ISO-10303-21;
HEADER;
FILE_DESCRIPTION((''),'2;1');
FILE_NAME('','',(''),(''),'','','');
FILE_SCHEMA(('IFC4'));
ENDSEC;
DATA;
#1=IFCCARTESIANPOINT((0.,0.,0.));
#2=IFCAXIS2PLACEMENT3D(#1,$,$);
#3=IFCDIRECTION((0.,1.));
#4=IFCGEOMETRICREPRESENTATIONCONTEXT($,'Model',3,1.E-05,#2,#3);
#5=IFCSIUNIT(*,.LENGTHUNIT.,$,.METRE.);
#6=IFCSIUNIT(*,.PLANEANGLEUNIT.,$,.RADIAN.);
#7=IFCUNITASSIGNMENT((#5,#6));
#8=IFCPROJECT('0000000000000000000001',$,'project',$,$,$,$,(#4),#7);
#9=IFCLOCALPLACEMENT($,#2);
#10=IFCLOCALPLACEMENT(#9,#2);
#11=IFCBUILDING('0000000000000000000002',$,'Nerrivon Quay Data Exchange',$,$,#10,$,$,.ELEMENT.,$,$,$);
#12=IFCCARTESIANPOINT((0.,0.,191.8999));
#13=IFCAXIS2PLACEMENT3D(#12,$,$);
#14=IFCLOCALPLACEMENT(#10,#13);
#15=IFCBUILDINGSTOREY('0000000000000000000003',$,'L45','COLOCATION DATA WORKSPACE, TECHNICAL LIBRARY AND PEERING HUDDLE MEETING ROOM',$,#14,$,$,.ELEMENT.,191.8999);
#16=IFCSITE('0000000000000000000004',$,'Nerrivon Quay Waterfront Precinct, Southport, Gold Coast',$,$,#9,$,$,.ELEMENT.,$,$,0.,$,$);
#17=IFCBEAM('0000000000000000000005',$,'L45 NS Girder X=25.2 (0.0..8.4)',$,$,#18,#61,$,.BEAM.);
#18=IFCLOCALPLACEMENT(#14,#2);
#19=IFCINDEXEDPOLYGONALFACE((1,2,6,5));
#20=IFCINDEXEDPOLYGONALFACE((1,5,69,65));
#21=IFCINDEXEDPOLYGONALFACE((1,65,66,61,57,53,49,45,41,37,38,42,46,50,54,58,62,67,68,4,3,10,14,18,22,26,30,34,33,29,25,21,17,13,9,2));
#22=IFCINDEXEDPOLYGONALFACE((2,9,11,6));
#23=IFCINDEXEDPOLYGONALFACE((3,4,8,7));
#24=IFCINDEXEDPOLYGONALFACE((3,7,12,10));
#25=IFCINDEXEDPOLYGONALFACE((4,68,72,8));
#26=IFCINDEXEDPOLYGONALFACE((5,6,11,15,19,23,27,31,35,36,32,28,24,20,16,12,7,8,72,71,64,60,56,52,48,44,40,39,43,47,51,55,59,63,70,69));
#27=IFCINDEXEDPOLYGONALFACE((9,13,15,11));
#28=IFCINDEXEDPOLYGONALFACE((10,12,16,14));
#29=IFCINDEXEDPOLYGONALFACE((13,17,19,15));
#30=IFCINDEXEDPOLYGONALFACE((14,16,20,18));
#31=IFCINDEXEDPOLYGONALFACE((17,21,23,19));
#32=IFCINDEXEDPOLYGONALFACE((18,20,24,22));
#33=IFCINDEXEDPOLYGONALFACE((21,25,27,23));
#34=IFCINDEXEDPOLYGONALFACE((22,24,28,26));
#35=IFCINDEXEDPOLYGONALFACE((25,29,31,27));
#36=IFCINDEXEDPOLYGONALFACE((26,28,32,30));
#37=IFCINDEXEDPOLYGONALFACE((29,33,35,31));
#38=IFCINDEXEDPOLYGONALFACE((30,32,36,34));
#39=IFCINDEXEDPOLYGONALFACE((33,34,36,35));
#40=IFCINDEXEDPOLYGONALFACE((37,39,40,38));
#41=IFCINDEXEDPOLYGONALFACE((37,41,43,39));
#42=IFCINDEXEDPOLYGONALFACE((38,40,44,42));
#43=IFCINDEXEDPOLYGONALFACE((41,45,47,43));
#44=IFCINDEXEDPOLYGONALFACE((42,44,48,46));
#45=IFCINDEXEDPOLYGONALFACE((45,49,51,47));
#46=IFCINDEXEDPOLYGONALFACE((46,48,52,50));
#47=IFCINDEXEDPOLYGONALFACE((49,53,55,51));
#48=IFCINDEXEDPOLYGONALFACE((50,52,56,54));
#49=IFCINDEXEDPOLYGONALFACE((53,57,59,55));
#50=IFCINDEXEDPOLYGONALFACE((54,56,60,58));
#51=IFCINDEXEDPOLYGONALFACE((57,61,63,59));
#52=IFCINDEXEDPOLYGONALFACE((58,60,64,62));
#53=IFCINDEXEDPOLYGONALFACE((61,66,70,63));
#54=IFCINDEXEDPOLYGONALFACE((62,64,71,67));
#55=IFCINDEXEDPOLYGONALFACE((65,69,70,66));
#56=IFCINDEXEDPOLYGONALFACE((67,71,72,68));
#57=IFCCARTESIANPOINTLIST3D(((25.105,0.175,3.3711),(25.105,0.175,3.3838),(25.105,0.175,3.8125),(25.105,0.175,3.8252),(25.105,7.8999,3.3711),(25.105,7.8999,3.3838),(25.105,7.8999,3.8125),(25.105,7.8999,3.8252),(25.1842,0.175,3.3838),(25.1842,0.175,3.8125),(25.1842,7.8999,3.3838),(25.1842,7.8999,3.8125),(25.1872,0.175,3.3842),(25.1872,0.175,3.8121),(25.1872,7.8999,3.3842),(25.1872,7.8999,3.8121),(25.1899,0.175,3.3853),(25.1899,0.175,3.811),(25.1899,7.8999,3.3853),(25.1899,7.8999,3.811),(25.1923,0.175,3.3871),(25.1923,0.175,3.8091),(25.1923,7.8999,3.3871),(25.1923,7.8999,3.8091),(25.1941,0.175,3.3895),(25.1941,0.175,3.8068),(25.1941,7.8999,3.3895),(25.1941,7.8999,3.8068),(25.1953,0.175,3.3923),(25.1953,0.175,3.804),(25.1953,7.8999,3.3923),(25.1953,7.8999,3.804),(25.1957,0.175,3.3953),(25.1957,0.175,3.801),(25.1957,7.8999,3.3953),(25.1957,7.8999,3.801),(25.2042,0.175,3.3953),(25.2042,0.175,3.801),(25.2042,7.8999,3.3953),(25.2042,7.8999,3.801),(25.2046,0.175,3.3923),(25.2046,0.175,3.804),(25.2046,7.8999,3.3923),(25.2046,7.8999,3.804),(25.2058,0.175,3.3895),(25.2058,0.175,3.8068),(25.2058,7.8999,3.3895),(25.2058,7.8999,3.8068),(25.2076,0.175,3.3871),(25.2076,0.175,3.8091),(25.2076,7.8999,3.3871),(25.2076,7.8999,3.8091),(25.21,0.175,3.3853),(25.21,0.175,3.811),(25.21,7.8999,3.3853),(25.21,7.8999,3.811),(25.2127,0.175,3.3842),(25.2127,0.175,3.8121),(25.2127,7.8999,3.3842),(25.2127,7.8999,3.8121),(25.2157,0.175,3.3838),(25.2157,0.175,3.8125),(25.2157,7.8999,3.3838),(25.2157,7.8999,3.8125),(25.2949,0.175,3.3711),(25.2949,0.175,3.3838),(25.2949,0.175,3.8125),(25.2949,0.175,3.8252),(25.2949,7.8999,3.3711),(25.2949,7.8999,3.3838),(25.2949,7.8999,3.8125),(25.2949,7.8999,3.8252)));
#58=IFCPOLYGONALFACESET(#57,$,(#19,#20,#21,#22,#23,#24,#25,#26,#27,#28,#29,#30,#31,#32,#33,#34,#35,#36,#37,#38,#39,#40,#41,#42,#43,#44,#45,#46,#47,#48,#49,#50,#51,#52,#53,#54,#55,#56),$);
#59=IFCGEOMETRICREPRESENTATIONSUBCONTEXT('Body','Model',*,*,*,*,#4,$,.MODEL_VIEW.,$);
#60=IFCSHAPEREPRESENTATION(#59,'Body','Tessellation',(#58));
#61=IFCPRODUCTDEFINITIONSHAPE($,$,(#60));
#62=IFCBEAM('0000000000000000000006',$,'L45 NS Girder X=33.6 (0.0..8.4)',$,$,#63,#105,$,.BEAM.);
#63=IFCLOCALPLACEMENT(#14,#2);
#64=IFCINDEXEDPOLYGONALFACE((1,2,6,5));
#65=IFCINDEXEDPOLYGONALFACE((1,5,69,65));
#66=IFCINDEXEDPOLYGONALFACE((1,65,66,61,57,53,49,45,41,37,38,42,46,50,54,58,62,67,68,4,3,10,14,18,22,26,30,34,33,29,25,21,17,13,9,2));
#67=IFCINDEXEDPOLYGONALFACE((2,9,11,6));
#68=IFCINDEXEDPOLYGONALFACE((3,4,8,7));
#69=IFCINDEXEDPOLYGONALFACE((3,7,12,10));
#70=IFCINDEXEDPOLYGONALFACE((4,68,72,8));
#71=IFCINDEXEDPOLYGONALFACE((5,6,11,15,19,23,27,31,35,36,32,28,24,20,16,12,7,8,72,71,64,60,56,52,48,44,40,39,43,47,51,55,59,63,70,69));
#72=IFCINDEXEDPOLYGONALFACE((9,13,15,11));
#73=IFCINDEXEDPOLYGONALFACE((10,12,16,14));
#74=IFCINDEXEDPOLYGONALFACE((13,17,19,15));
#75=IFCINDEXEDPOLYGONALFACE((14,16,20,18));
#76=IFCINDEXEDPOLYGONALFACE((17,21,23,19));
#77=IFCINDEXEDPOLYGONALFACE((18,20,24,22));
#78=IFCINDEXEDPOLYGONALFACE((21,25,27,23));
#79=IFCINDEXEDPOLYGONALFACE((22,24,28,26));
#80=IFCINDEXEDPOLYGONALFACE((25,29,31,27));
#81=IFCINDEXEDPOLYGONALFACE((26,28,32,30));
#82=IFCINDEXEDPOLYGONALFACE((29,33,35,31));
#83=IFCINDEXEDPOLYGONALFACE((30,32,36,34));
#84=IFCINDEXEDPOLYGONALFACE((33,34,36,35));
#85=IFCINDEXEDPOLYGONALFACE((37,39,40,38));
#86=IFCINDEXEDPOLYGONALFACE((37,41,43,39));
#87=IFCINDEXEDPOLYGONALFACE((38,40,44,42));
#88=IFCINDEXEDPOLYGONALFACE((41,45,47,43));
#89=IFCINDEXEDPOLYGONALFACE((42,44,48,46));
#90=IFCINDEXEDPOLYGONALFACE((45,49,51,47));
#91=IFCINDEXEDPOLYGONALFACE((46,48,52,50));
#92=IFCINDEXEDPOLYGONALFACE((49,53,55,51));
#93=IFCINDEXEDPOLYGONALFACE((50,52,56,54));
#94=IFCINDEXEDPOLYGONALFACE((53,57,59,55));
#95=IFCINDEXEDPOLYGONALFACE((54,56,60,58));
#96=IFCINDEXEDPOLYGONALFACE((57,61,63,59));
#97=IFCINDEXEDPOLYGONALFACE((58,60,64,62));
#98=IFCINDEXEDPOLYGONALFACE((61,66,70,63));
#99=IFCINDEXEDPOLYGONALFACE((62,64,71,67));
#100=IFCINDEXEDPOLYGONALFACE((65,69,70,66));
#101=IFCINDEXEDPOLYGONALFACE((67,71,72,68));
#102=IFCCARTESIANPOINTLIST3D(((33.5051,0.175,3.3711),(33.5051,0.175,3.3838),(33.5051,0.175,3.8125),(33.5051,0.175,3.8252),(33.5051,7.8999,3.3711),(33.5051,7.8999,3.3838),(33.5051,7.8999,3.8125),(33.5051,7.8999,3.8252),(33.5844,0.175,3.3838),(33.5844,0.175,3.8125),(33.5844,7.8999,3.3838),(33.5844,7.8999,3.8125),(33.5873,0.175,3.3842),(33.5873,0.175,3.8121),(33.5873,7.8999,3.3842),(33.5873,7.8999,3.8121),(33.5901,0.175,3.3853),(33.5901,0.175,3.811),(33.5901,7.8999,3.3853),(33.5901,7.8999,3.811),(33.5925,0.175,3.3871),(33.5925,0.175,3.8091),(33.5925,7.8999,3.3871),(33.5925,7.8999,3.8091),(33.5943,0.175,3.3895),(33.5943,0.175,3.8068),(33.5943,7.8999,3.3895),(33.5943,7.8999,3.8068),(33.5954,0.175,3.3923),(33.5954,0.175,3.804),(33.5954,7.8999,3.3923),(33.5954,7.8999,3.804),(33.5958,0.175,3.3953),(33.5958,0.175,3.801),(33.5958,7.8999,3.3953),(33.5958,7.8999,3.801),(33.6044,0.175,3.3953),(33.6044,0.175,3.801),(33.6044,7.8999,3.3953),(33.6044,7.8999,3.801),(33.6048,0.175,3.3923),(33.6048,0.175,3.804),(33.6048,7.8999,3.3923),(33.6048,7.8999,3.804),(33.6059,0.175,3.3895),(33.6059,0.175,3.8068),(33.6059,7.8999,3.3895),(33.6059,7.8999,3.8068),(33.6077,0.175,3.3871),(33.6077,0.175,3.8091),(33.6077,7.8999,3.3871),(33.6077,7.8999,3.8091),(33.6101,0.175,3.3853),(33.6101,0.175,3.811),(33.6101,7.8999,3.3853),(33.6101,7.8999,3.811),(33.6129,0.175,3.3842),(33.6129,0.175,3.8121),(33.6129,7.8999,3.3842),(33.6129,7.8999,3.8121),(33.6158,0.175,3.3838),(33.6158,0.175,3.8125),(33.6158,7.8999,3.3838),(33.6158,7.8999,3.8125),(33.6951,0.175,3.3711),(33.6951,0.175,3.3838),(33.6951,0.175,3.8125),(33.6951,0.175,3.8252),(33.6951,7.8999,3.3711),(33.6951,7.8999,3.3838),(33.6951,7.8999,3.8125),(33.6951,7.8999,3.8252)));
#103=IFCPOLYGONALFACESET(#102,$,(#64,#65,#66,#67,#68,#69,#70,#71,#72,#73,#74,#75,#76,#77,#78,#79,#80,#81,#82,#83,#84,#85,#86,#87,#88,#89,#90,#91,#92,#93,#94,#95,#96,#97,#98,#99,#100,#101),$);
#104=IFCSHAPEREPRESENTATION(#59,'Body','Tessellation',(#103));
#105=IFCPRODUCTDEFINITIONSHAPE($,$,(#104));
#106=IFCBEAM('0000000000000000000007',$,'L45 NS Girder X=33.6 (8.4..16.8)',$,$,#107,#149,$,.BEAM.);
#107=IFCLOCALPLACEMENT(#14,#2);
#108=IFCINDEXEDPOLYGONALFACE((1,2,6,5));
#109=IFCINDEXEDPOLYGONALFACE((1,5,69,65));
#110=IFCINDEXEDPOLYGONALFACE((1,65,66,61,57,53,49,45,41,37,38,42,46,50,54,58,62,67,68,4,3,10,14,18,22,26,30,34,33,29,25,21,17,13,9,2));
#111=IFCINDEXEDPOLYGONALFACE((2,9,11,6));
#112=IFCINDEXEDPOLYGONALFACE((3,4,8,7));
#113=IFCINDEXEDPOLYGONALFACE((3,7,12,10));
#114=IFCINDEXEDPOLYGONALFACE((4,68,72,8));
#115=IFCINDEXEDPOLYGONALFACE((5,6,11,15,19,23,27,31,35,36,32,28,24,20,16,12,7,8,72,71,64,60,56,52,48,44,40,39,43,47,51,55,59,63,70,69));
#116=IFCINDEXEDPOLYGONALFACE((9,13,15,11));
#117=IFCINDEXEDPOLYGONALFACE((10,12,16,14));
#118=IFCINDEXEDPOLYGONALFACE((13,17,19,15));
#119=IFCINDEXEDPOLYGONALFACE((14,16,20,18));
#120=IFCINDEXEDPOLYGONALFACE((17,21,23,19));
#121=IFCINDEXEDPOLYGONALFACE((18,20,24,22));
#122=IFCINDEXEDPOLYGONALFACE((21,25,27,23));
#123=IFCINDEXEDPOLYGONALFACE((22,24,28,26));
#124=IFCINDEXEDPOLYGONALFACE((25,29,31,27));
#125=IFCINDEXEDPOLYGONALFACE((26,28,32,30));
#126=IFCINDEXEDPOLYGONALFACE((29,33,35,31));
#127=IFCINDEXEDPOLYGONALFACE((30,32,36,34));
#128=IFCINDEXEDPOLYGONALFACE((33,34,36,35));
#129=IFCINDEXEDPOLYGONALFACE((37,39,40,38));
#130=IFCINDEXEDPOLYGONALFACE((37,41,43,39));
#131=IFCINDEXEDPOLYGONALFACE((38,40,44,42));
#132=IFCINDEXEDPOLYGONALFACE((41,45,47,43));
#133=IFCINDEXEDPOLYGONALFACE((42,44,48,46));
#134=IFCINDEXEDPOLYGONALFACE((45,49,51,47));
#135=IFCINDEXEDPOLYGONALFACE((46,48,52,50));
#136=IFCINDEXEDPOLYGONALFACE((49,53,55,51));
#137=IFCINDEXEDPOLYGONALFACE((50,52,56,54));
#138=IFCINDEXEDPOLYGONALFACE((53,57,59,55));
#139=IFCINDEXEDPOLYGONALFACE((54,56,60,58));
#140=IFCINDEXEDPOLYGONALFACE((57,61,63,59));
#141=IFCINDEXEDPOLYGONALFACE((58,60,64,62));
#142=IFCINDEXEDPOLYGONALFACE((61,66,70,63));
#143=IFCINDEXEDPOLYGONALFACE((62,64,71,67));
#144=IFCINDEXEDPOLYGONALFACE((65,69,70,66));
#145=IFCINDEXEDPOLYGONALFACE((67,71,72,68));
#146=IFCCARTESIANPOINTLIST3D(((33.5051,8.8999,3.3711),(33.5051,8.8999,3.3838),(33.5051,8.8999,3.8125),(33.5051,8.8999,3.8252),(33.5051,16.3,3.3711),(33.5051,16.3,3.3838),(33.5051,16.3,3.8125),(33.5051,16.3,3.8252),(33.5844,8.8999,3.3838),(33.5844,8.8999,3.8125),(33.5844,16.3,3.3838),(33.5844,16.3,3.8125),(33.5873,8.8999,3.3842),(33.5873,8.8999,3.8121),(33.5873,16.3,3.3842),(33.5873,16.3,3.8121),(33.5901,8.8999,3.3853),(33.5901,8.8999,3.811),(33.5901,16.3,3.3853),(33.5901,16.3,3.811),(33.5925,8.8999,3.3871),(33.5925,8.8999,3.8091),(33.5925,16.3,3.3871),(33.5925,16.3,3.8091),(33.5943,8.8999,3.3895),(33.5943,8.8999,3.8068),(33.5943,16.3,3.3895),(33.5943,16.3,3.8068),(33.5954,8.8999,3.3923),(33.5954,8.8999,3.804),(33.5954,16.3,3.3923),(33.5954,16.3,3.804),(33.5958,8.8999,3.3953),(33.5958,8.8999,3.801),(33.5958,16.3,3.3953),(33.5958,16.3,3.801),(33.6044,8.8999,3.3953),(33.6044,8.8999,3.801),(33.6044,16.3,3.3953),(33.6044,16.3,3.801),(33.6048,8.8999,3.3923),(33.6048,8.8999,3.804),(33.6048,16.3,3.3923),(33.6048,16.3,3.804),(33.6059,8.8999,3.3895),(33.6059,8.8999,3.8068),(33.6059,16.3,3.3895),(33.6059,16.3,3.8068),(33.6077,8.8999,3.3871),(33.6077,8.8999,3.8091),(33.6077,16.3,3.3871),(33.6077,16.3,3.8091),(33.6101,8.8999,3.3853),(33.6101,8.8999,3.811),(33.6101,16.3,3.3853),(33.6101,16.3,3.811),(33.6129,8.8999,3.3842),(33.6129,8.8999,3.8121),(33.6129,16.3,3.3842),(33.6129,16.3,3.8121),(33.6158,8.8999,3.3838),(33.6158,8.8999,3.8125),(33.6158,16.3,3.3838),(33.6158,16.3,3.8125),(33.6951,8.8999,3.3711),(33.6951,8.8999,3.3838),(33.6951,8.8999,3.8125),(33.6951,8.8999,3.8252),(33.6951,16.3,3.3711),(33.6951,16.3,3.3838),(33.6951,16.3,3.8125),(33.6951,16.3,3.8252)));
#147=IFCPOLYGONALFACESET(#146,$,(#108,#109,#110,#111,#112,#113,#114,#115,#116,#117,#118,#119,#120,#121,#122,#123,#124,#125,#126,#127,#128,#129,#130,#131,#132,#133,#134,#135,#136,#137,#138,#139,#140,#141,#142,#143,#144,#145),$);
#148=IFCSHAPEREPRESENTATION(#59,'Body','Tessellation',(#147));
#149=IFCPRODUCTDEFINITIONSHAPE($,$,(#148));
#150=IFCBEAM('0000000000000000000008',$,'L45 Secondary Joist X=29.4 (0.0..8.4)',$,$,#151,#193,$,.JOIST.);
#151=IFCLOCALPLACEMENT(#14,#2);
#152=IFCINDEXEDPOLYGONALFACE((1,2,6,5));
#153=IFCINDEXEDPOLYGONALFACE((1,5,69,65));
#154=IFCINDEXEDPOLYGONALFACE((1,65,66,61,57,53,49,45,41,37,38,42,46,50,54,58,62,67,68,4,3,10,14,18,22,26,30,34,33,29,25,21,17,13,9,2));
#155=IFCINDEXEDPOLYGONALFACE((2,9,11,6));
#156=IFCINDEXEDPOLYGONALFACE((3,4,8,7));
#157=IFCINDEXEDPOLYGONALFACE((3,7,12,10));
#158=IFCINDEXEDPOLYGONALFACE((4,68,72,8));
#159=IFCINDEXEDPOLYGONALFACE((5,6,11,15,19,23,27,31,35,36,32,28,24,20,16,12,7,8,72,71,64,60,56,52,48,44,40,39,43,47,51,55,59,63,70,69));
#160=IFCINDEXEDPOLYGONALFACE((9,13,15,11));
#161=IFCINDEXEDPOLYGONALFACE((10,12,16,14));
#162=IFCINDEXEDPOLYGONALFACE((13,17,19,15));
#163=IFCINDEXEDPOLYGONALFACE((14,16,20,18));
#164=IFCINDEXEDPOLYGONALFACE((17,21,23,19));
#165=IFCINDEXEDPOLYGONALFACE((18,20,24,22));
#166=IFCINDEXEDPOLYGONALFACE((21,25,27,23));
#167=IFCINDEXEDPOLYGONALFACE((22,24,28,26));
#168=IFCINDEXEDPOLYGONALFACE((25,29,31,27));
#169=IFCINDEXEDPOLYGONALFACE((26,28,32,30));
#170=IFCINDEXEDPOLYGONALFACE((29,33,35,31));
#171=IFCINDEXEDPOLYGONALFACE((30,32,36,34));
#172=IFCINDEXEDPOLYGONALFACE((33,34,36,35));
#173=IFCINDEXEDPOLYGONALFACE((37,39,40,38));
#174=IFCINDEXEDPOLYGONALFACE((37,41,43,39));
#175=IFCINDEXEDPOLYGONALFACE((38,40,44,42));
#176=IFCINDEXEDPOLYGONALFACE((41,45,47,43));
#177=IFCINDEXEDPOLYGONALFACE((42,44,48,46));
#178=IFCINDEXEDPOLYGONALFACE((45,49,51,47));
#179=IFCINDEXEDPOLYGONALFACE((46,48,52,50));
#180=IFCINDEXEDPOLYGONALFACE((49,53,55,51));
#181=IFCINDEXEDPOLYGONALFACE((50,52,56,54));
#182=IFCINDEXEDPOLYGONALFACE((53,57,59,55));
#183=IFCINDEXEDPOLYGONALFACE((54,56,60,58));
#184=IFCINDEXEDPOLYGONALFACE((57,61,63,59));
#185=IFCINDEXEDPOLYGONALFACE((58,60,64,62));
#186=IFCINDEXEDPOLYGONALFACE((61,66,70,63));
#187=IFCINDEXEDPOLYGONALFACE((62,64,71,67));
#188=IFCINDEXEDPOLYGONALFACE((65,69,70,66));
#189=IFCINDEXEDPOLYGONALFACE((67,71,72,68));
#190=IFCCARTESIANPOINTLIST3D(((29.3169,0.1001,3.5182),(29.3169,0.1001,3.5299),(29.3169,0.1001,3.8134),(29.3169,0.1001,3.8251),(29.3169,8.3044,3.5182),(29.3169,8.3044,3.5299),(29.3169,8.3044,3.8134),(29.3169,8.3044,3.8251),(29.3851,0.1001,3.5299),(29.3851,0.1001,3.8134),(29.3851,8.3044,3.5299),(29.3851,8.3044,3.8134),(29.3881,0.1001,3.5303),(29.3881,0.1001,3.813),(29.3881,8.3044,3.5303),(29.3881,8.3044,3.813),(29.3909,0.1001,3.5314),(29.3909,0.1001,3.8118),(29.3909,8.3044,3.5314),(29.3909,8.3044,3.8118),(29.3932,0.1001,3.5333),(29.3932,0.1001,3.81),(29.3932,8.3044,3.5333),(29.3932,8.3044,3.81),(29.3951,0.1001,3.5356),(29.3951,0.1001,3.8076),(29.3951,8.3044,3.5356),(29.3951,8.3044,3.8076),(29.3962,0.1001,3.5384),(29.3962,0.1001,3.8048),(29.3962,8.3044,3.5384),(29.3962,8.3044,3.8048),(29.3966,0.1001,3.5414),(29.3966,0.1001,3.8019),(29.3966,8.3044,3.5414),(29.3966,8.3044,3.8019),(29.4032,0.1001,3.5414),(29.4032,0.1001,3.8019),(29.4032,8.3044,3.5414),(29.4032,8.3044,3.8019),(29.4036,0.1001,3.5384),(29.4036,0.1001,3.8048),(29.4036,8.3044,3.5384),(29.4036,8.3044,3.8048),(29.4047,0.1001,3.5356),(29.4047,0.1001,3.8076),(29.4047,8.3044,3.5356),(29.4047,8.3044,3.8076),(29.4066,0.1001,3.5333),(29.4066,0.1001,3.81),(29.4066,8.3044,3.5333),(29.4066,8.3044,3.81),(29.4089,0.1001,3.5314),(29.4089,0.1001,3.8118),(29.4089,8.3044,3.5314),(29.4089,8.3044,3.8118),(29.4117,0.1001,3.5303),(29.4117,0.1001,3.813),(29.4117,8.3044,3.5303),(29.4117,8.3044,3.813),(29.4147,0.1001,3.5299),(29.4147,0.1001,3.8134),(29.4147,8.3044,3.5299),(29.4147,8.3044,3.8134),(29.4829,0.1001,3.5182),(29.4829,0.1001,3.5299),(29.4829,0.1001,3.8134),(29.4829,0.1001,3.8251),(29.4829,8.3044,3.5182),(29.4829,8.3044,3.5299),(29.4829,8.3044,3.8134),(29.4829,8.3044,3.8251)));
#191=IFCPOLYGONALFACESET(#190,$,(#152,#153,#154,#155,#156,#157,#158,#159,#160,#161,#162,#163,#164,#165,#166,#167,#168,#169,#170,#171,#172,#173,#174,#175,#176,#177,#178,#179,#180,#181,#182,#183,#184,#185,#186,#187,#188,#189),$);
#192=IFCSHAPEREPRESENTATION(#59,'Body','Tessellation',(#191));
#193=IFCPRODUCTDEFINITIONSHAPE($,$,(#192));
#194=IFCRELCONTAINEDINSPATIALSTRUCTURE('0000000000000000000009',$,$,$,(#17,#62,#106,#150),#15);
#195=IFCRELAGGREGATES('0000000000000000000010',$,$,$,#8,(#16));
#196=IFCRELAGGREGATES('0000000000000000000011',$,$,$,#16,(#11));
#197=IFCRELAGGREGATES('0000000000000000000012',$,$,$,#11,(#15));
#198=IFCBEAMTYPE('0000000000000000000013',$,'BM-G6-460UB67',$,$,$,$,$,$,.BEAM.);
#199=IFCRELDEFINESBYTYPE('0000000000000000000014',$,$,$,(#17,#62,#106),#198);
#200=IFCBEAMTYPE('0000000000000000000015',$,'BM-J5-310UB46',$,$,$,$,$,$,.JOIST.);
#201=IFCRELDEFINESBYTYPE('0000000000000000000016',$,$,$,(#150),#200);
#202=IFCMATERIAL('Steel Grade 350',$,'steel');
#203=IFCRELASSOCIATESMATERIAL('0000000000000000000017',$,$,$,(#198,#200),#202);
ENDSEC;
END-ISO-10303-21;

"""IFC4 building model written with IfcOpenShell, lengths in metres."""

from ifc_helpers import new_model, si_unit, direction, frame, origin, origin_2d, place, context, subcontext, project, spatial, i_section, extrude, material, material_profile, profile_set, type_object, element, save


model = new_model("IFC4")

# Units and contexts
model_context = context("Model", 3, precision=1e-05, world=origin(), true_north=direction((0.0, 1.0)))
body_context = subcontext(model_context, "Body", "Model", "MODEL_VIEW")
ifc_project = project(units=[si_unit("LENGTHUNIT", "METRE"), si_unit("PLANEANGLEUNIT", "RADIAN")], contexts=[model_context])

# Site, building, storey
site_placement = place(None, origin())
site = spatial("IfcSite", under=ifc_project, at=site_placement, Name="Nerrivon Quay Waterfront Precinct, Southport, Gold Coast", CompositionType="ELEMENT", RefElevation=0.0)
building_placement = place(site_placement, origin())
building = spatial("IfcBuilding", under=site, at=building_placement, Name="Nerrivon Quay Data Exchange", CompositionType="ELEMENT")
storey_placement = place(building_placement, frame((0.0, 0.0, 191.8999)))
storey = spatial("IfcBuildingStorey", under=building, at=storey_placement, Name="L45", Description="COLOCATION DATA WORKSPACE, TECHNICAL LIBRARY AND PEERING HUDDLE MEETING ROOM", CompositionType="ELEMENT", Elevation=191.8999)

# Shared definitions
ifc_material_1 = material(Name="Steel Grade 350", Category="steel")

# Beams
ifc_material_profile_1 = material_profile(ifc_material_1, i_section(OverallWidth=0.1899, OverallDepth=0.4541, WebThickness=0.0085, FlangeThickness=0.0127, FilletRadius=0.0115, at=origin_2d()), Name="460UB67.1")
ifc_profile_set_1 = profile_set([ifc_material_profile_1], Name="Steel Grade 350")
beam_type_1 = type_object("IfcBeamType", Name="BM-G6-460UB67", PredefinedType="BEAM", material=ifc_profile_set_1)
for number, where, z_axis, x_axis, name in (
    (1, (25.2, 0.175, 3.5981), (0.0, 1.0, 0.0), (-1.0, 0.0, 0.0), "L45 NS Girder X=25.2 (0.0..8.4)"),
    (2, (33.6001, 0.175, 3.5981), (0.0, 1.0, 0.0), (-1.0, 0.0, 0.0), "L45 NS Girder X=33.6 (0.0..8.4)"),
):
    element("IfcBeam", number, at=place(storey_placement, frame(where, z_axis=z_axis, x_axis=x_axis)), inside=storey, type_object=beam_type_1, Name=name, PredefinedType="BEAM", context=body_context, shape_type="SweptSolid", body=[
        extrude(i_section(OverallWidth=0.1899, OverallDepth=0.4541, WebThickness=0.0085, FlangeThickness=0.0127, FilletRadius=0.0115, at=origin_2d()), origin(), (0.0, 0.0, 1.0), 7.7249),
    ])
beam_1_placement = place(storey_placement, frame((33.6001, 8.8999, 3.5981), z_axis=(0.0, 1.0, 0.0), x_axis=(-1.0, 0.0, 0.0)))
element("IfcBeam", 3, at=beam_1_placement, inside=storey, type_object=beam_type_1, Name="L45 NS Girder X=33.6 (8.4..16.8)", PredefinedType="BEAM", context=body_context, shape_type="SweptSolid", body=[
    extrude(i_section(OverallWidth=0.1899, OverallDepth=0.4541, WebThickness=0.0085, FlangeThickness=0.0127, FilletRadius=0.0115, at=origin_2d()), origin(), (0.0, 0.0, 1.0), 7.4001),
])
ifc_material_profile_2 = material_profile(ifc_material_1, i_section(OverallWidth=0.166, OverallDepth=0.3069, WebThickness=0.0066, FlangeThickness=0.0117, FilletRadius=0.0115, at=origin_2d()), Name="310UB46.2")
ifc_profile_set_2 = profile_set([ifc_material_profile_2], Name="Steel Grade 350")
beam_type_2 = type_object("IfcBeamType", Name="BM-J5-310UB46", PredefinedType="JOIST", material=ifc_profile_set_2)
beam_2_placement = place(storey_placement, frame((29.3999, 0.1001, 3.6716), z_axis=(0.0, 1.0, 0.0), x_axis=(-1.0, 0.0, 0.0)))
element("IfcBeam", 4, at=beam_2_placement, inside=storey, type_object=beam_type_2, Name="L45 Secondary Joist X=29.4 (0.0..8.4)", PredefinedType="JOIST", context=body_context, shape_type="SweptSolid", body=[
    extrude(i_section(OverallWidth=0.166, OverallDepth=0.3069, WebThickness=0.0066, FlangeThickness=0.0117, FilletRadius=0.0115, at=origin_2d()), origin(), (0.0, 0.0, 1.0), 8.2043),
])

save(model, "model.ifc")
